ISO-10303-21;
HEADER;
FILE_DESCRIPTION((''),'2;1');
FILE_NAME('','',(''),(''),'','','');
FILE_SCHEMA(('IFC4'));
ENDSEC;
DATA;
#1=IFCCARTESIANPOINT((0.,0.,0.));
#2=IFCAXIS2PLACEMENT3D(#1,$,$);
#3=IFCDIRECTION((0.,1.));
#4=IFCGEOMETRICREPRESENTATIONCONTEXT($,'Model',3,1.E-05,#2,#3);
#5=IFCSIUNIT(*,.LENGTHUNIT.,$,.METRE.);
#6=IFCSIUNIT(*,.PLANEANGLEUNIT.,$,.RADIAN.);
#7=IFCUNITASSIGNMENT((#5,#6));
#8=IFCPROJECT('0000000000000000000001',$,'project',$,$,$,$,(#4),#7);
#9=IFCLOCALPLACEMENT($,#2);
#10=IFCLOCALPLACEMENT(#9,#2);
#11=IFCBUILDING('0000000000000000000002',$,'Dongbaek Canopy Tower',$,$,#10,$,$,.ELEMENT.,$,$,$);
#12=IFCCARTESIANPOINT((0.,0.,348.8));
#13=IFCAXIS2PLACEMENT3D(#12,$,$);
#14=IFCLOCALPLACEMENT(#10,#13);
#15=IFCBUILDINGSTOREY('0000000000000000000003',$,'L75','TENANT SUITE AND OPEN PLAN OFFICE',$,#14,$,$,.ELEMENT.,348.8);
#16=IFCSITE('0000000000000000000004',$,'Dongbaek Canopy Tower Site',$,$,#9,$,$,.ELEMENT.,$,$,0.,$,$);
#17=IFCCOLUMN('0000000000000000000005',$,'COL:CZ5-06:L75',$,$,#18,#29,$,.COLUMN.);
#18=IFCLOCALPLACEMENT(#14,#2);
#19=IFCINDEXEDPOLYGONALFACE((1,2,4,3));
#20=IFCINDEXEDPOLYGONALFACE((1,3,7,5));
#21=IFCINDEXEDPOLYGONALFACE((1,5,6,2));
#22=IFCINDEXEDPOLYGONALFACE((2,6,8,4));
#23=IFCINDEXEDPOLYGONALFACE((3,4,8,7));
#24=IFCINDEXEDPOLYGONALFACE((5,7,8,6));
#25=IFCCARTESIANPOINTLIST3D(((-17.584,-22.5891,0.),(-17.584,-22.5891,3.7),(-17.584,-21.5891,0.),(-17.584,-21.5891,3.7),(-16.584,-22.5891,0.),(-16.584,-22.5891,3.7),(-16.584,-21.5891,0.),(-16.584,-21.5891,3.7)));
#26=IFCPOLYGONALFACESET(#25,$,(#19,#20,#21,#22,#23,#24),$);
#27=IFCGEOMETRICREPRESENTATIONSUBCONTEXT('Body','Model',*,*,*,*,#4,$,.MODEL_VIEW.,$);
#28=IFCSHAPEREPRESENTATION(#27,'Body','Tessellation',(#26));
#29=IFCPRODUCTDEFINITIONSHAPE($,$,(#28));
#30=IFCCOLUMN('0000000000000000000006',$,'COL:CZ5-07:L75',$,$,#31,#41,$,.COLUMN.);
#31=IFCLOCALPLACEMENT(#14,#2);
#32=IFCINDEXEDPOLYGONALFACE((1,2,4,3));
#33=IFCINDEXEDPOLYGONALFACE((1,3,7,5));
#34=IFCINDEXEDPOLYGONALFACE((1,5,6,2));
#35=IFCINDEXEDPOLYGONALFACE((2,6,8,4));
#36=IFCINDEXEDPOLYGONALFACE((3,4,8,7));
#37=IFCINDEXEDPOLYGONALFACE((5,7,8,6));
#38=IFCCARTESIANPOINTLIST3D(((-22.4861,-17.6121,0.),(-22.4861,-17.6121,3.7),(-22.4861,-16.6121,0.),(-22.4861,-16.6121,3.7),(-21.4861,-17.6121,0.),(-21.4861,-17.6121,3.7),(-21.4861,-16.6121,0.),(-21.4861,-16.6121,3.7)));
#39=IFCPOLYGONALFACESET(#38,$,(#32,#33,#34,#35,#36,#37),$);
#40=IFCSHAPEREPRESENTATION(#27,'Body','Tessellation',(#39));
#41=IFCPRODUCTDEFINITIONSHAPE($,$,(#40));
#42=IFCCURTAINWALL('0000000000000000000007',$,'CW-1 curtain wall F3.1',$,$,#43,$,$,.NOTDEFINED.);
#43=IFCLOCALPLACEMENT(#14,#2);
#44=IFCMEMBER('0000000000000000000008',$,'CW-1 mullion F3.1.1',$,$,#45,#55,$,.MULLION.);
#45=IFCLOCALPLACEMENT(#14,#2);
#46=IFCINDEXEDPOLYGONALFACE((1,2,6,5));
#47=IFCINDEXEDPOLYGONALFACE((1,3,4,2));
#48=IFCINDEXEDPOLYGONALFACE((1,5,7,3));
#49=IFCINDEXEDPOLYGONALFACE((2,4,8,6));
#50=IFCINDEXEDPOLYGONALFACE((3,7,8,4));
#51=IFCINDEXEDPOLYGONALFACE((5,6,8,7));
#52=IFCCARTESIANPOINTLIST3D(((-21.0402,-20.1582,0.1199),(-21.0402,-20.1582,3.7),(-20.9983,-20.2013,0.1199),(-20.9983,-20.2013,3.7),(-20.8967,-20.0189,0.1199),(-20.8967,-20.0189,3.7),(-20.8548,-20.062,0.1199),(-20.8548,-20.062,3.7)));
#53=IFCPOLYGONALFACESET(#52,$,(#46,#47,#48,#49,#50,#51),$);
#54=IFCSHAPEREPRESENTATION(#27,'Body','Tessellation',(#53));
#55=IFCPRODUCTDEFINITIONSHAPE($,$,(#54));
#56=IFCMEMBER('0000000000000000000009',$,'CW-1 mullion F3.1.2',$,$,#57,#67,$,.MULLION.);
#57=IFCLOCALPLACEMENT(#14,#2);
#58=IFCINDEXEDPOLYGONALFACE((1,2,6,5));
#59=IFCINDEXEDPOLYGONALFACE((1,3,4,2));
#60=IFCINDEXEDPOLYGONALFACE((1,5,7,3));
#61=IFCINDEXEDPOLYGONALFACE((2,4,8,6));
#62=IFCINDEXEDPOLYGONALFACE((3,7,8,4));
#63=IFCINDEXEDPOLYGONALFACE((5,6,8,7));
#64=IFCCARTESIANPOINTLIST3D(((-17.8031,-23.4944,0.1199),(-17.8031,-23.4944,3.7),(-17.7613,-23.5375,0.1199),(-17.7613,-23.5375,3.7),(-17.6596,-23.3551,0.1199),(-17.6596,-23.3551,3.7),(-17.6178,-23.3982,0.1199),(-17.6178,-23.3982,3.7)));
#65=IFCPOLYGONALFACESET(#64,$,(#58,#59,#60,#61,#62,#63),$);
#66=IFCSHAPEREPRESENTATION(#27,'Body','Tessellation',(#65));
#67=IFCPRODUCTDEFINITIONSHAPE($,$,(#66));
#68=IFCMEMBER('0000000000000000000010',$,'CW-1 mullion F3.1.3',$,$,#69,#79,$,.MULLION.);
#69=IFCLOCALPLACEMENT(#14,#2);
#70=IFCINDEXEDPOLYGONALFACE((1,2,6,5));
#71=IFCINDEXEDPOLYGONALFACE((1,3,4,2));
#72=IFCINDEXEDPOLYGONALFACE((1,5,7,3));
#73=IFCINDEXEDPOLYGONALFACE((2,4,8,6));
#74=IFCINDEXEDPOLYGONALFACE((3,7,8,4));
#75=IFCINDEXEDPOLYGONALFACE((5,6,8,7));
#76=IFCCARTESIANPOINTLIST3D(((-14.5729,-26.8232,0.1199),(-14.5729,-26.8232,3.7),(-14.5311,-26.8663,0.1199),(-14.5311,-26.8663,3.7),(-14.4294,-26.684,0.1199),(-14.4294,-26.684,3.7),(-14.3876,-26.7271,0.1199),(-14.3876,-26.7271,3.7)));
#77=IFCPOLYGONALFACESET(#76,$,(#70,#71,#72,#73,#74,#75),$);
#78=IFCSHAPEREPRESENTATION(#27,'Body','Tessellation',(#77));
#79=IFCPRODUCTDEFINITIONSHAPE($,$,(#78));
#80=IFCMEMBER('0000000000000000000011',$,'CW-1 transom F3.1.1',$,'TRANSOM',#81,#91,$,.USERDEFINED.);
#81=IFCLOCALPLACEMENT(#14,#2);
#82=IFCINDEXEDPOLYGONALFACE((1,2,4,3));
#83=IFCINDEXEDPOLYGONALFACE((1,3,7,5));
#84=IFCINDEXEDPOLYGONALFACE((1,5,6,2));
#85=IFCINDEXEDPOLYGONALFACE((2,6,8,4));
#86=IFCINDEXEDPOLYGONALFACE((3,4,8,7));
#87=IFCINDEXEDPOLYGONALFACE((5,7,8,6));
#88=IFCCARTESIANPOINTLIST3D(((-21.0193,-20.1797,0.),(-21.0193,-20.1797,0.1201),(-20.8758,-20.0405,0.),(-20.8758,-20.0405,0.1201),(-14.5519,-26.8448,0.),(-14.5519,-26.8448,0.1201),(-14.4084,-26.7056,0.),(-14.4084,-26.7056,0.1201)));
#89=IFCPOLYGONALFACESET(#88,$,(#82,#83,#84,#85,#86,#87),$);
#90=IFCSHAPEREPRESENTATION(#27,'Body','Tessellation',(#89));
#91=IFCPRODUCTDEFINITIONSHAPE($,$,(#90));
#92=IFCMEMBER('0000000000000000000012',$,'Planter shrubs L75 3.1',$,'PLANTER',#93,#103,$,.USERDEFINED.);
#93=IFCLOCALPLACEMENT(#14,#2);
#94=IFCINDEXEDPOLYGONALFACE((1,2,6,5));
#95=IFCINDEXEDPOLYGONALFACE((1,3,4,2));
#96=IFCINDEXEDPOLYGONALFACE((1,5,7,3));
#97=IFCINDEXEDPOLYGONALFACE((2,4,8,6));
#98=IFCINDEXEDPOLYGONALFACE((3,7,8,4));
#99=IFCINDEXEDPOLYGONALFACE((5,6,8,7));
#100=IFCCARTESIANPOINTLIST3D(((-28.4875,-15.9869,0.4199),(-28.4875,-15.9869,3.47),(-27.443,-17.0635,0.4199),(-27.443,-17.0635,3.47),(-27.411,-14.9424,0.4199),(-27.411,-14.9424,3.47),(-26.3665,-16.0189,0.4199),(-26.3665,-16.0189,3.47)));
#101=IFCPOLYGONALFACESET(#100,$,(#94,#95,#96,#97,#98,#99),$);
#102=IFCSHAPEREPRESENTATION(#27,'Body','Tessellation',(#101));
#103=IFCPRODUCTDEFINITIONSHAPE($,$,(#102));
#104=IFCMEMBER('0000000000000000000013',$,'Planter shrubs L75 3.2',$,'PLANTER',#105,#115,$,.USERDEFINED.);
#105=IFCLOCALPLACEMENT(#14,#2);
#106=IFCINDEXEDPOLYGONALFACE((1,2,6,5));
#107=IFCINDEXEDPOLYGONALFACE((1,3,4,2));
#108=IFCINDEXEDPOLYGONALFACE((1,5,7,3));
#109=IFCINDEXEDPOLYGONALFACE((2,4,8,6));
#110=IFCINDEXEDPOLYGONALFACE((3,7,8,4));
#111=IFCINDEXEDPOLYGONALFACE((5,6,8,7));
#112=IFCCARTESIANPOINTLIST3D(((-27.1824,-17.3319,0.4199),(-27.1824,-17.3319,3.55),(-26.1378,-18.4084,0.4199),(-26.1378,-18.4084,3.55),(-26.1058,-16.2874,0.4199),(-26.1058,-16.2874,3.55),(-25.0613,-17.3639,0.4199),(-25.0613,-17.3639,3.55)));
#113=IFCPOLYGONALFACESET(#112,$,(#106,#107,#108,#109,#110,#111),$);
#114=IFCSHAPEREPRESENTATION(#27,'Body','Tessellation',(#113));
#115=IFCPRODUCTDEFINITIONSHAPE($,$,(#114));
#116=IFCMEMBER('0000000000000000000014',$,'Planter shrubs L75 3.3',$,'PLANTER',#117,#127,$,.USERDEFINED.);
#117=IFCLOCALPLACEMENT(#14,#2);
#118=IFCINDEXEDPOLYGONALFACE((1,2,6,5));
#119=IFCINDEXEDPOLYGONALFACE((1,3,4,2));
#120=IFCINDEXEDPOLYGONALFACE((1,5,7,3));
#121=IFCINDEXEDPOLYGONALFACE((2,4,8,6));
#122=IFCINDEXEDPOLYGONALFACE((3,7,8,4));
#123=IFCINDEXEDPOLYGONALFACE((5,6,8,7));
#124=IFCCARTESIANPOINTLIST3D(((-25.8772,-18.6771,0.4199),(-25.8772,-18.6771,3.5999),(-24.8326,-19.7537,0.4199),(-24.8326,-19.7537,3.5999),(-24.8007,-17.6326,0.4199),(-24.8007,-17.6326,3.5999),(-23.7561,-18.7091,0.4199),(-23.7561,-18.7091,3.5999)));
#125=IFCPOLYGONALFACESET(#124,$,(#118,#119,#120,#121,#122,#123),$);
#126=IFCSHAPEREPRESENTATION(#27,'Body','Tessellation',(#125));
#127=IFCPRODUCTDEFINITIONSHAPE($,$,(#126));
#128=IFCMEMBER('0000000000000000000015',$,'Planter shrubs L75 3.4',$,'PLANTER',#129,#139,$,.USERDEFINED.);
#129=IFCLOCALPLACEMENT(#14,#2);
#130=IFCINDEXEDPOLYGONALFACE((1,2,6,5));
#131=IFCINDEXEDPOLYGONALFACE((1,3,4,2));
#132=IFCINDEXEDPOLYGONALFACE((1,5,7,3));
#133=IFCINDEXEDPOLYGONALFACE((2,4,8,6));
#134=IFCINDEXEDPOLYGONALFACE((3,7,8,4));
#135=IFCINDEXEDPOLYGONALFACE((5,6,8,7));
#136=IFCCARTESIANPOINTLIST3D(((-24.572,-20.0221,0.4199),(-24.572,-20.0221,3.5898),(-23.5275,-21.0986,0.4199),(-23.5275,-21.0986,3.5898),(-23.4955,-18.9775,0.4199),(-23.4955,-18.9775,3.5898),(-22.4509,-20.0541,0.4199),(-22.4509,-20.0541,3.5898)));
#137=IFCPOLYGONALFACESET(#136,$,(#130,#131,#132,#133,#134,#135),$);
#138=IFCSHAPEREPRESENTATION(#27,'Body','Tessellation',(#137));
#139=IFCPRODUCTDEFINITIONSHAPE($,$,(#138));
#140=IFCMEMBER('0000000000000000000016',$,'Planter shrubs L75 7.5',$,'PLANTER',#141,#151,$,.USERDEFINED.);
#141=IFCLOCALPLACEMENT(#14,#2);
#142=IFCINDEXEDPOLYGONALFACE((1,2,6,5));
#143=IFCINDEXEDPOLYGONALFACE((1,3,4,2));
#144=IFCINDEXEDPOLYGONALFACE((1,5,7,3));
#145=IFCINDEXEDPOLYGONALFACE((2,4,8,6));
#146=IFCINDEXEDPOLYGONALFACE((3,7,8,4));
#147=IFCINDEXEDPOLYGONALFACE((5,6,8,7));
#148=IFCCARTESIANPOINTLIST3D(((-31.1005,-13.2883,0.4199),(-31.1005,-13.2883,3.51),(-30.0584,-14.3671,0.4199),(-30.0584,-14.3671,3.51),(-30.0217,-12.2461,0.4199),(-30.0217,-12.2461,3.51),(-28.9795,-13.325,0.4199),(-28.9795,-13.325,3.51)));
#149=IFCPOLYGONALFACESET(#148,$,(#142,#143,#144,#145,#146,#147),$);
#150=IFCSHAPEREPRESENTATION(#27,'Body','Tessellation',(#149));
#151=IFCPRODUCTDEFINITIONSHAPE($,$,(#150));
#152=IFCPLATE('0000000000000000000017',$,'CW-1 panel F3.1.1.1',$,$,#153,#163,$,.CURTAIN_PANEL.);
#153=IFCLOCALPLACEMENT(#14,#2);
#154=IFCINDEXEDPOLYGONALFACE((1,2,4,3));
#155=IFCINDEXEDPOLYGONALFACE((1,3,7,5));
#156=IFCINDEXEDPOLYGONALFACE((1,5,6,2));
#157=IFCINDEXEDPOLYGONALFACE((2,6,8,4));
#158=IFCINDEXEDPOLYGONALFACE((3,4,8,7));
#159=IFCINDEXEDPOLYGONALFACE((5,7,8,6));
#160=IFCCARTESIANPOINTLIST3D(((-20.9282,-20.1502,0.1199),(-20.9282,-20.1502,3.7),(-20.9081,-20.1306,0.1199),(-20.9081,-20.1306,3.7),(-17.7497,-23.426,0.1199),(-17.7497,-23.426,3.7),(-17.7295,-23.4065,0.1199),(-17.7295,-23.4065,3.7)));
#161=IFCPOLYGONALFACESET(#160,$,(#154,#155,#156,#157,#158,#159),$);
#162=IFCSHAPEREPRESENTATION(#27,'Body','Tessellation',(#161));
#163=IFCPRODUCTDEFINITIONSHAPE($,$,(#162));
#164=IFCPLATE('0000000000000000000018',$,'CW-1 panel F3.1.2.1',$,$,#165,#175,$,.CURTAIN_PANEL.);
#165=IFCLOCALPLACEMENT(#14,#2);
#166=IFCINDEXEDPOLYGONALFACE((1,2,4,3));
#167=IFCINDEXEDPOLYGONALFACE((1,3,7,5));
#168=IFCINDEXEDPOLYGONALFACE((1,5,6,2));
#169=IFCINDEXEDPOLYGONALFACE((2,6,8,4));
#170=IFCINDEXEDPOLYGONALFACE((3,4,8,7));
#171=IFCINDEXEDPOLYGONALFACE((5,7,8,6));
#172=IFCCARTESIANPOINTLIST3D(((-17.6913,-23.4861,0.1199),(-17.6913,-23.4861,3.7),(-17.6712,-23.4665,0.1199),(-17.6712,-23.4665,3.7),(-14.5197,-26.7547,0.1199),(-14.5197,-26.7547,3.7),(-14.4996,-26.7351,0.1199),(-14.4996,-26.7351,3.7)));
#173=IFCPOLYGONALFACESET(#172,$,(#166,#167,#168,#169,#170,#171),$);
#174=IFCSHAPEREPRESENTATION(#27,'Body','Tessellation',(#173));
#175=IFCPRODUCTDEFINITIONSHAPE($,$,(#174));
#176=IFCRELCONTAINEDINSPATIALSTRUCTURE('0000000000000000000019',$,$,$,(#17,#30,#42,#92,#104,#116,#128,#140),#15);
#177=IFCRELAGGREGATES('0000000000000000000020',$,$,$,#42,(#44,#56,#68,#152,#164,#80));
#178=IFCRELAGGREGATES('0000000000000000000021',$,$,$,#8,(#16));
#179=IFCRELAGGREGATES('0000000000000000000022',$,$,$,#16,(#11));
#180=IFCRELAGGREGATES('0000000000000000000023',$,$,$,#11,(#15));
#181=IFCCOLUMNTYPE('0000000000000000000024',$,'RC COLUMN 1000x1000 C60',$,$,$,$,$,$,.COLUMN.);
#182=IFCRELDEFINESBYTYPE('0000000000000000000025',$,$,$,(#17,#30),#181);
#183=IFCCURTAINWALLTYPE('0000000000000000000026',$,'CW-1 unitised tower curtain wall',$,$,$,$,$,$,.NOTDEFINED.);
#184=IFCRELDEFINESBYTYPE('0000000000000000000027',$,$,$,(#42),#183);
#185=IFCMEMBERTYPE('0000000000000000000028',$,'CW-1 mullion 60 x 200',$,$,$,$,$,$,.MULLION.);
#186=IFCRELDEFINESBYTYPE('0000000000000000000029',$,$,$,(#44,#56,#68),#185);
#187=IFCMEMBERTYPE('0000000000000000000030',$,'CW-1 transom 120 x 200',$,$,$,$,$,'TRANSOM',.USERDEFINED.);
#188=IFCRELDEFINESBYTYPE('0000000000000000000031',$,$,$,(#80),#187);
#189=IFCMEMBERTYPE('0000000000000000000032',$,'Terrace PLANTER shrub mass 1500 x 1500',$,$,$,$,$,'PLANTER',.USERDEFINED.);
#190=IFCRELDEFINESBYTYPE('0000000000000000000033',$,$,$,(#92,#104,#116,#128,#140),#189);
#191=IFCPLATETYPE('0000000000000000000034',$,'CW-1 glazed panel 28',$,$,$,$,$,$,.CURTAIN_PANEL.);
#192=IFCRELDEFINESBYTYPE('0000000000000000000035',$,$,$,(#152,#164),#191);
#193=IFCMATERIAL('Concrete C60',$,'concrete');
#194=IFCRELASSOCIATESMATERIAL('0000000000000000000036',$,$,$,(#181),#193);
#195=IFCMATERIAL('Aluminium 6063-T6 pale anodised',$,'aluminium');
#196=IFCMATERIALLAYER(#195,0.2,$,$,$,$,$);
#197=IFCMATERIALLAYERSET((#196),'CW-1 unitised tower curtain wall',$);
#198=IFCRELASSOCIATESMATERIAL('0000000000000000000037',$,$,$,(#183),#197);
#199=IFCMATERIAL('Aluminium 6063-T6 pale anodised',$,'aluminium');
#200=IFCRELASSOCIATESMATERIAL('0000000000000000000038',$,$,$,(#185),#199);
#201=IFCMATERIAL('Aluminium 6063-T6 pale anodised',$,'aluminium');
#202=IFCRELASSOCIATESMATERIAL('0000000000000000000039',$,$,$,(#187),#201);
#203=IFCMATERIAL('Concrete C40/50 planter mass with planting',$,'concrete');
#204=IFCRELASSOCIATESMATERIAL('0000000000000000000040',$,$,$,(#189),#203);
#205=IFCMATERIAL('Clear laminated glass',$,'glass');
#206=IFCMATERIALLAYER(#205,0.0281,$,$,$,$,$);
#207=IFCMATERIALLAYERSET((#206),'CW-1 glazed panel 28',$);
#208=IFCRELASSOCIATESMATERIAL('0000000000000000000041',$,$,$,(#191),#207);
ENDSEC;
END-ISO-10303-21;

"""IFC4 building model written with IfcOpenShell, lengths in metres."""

from ifc_helpers import new_model, si_unit, direction, frame, origin, origin_2d, place, context, subcontext, project, spatial, rectangle, extrude, material, layer, layer_set, material_profile, profile_set, type_object, element, aggregate, save


model = new_model("IFC4")

# Units and contexts
model_context = context("Model", 3, precision=1e-05, world=origin(), true_north=direction((0.0, 1.0)))
body_context = subcontext(model_context, "Body", "Model", "MODEL_VIEW")
ifc_project = project(units=[si_unit("LENGTHUNIT", "METRE"), si_unit("PLANEANGLEUNIT", "RADIAN")], contexts=[model_context])

# Site, building, storey
site_placement = place(None, origin())
site = spatial("IfcSite", under=ifc_project, at=site_placement, Name="Dongbaek Canopy Tower Site", CompositionType="ELEMENT", RefElevation=0.0)
building_placement = place(site_placement, origin())
building = spatial("IfcBuilding", under=site, at=building_placement, Name="Dongbaek Canopy Tower", CompositionType="ELEMENT")
storey_placement = place(building_placement, frame((0.0, 0.0, 348.8)))
storey = spatial("IfcBuildingStorey", under=building, at=storey_placement, Name="L75", Description="TENANT SUITE AND OPEN PLAN OFFICE", CompositionType="ELEMENT", Elevation=348.8)

# Columns
ifc_material_1 = material(Name="Concrete C60", Category="concrete")
ifc_material_profile_1 = material_profile(ifc_material_1, rectangle(XDim=1.0, YDim=1.0, at=origin_2d()), Name="RC COLUMN 1000x1000 C60")
ifc_profile_set_1 = profile_set([ifc_material_profile_1], Name="Concrete C60")
column_type = type_object("IfcColumnType", Name="RC COLUMN 1000x1000 C60", PredefinedType="COLUMN", material=ifc_profile_set_1)
for number, where, z_axis, x_axis, name in (
    (1, (-17.084, -22.0891, 0.0), (0.0, 0.0, 1.0), (1.0, 0.0, 0.0), "COL:CZ5-06:L75"),
    (2, (-21.9861, -17.1121, 0.0), (0.0, 0.0, 1.0), (1.0, 0.0, 0.0), "COL:CZ5-07:L75"),
):
    element("IfcColumn", number, at=place(storey_placement, frame(where, z_axis=z_axis, x_axis=x_axis)), inside=storey, type_object=column_type, Name=name, PredefinedType="COLUMN", context=body_context, shape_type="SweptSolid", body=[
        extrude(rectangle(XDim=1.0, YDim=1.0, at=origin_2d()), origin(), (0.0, 0.0, 1.0), 3.7),
    ])

# Curtain wall, members
ifc_material_2 = material(Name="Aluminium 6063-T6 pale anodised", Category="aluminium")
ifc_layer_1 = layer(ifc_material_2, 0.2)
ifc_layer_set_1 = layer_set([ifc_layer_1], Name="CW-1 unitised tower curtain wall")
curtain_wall_type = type_object("IfcCurtainWallType", Name="CW-1 unitised tower curtain wall", PredefinedType="NOTDEFINED", material=ifc_layer_set_1)
curtain_wall_placement = place(storey_placement, origin())
curtain_wall = element("IfcCurtainWall", 3, at=curtain_wall_placement, inside=storey, type_object=curtain_wall_type, Name="CW-1 curtain wall F3.1", PredefinedType="NOTDEFINED")
ifc_material_3 = material(Name="Aluminium 6063-T6 pale anodised", Category="aluminium")
ifc_material_profile_2 = material_profile(ifc_material_3, rectangle(XDim=0.2, YDim=0.0601, at=origin_2d()), Name="CW-1 mullion 60 x 200")
ifc_profile_set_2 = profile_set([ifc_material_profile_2], Name="Aluminium 6063-T6 pale anodised")
member_type_1 = type_object("IfcMemberType", Name="CW-1 mullion 60 x 200", PredefinedType="MULLION", material=ifc_profile_set_2)
member_1_placement = place(storey_placement, frame((-20.9475, -20.1101, 0.1199), z_axis=(0.0, 0.0, 1.0), x_axis=(-0.71768, -0.696373, 0.0)))
member_1 = element("IfcMember", 4, at=member_1_placement, type_object=member_type_1, Name="CW-1 mullion F3.1.1", PredefinedType="MULLION", context=body_context, shape_type="SweptSolid", body=[
    extrude(rectangle(XDim=0.2, YDim=0.0601, at=origin_2d()), origin(), (0.0, 0.0, 1.0), 3.5801),
])
member_2_placement = place(storey_placement, frame((-17.7104, -23.4463, 0.1199), z_axis=(0.0, 0.0, 1.0), x_axis=(-0.71768, -0.696373, 0.0)))
member_2 = element("IfcMember", 5, at=member_2_placement, type_object=member_type_1, Name="CW-1 mullion F3.1.2", PredefinedType="MULLION", context=body_context, shape_type="SweptSolid", body=[
    extrude(rectangle(XDim=0.2, YDim=0.0601, at=origin_2d()), origin(), (0.0, 0.0, 1.0), 3.5801),
])
member_3_placement = place(storey_placement, frame((-14.4802, -26.7751, 0.1199), z_axis=(0.0, 0.0, 1.0), x_axis=(-0.71768, -0.696373, 0.0)))
member_3 = element("IfcMember", 6, at=member_3_placement, type_object=member_type_1, Name="CW-1 mullion F3.1.3", PredefinedType="MULLION", context=body_context, shape_type="SweptSolid", body=[
    extrude(rectangle(XDim=0.2, YDim=0.0601, at=origin_2d()), origin(), (0.0, 0.0, 1.0), 3.5801),
])
ifc_material_4 = material(Name="Aluminium 6063-T6 pale anodised", Category="aluminium")
ifc_material_profile_3 = material_profile(ifc_material_4, rectangle(XDim=0.2, YDim=0.1201, at=origin_2d()), Name="CW-1 transom 120 x 200")
ifc_profile_set_3 = profile_set([ifc_material_profile_3], Name="Aluminium 6063-T6 pale anodised")
member_type_2 = type_object("IfcMemberType", Name="CW-1 transom 120 x 200", ElementType="TRANSOM", PredefinedType="USERDEFINED", material=ifc_profile_set_3)
member_4_placement = place(storey_placement, frame((-20.9475, -20.1101, 0.0601), z_axis=(0.69638, -0.717673, 0.0), x_axis=(0.717673, 0.69638, 0.0)))
member_4 = element("IfcMember", 7, at=member_4_placement, type_object=member_type_2, Name="CW-1 transom F3.1.1", ObjectType="TRANSOM", PredefinedType="USERDEFINED", context=body_context, shape_type="SweptSolid", body=[
    extrude(rectangle(XDim=0.2, YDim=0.1201, at=origin_2d()), origin(), (0.0, 0.0, 1.0), 9.2871),
])

# Members
ifc_material_5 = material(Name="Concrete C40/50 planter mass with planting", Category="concrete")
ifc_material_profile_4 = material_profile(ifc_material_5, rectangle(XDim=1.5, YDim=1.5, at=origin_2d()), Name="Terrace PLANTER shrub mass 1500 x 1500")
ifc_profile_set_4 = profile_set([ifc_material_profile_4], Name="Concrete C40/50 planter mass with planting")
member_type_3 = type_object("IfcMemberType", Name="Terrace PLANTER shrub mass 1500 x 1500", ElementType="PLANTER", PredefinedType="USERDEFINED", material=ifc_profile_set_4)
member_5_placement = place(storey_placement, frame((-27.427, -16.0029, 0.4199), z_axis=(0.0, 0.0, 1.0), x_axis=(-0.71768, -0.696373, 0.0)))
element("IfcMember", 8, at=member_5_placement, inside=storey, type_object=member_type_3, Name="Planter shrubs L75 3.1", ObjectType="PLANTER", PredefinedType="USERDEFINED", context=body_context, shape_type="SweptSolid", body=[
    extrude(rectangle(XDim=1.5, YDim=1.5, at=origin_2d()), origin(), (0.0, 0.0, 1.0), 3.05),
])
member_6_placement = place(storey_placement, frame((-26.1218, -17.3479, 0.4199), z_axis=(0.0, 0.0, 1.0), x_axis=(-0.71768, -0.696373, 0.0)))
element("IfcMember", 9, at=member_6_placement, inside=storey, type_object=member_type_3, Name="Planter shrubs L75 3.2", ObjectType="PLANTER", PredefinedType="USERDEFINED", context=body_context, shape_type="SweptSolid", body=[
    extrude(rectangle(XDim=1.5, YDim=1.5, at=origin_2d()), origin(), (0.0, 0.0, 1.0), 3.1301),
])
member_7_placement = place(storey_placement, frame((-24.8167, -18.6931, 0.4199), z_axis=(0.0, 0.0, 1.0), x_axis=(-0.71768, -0.696373, 0.0)))
element("IfcMember", 10, at=member_7_placement, inside=storey, type_object=member_type_3, Name="Planter shrubs L75 3.3", ObjectType="PLANTER", PredefinedType="USERDEFINED", context=body_context, shape_type="SweptSolid", body=[
    extrude(rectangle(XDim=1.5, YDim=1.5, at=origin_2d()), origin(), (0.0, 0.0, 1.0), 3.1799),
])
member_8_placement = place(storey_placement, frame((-23.5115, -20.0381, 0.4199), z_axis=(0.0, 0.0, 1.0), x_axis=(-0.71768, -0.696373, 0.0)))
element("IfcMember", 11, at=member_8_placement, inside=storey, type_object=member_type_3, Name="Planter shrubs L75 3.4", ObjectType="PLANTER", PredefinedType="USERDEFINED", context=body_context, shape_type="SweptSolid", body=[
    extrude(rectangle(XDim=1.5, YDim=1.5, at=origin_2d()), origin(), (0.0, 0.0, 1.0), 3.1699),
])
member_9_placement = place(storey_placement, frame((-30.04, -13.3066, 0.4199), z_axis=(0.0, 0.0, 1.0), x_axis=(-0.719255, -0.694746, 0.0)))
element("IfcMember", 12, at=member_9_placement, inside=storey, type_object=member_type_3, Name="Planter shrubs L75 7.5", ObjectType="PLANTER", PredefinedType="USERDEFINED", context=body_context, shape_type="SweptSolid", body=[
    extrude(rectangle(XDim=1.5, YDim=1.5, at=origin_2d()), origin(), (0.0, 0.0, 1.0), 3.0901),
])

# Plates
ifc_material_6 = material(Name="Clear laminated glass", Category="glass")
ifc_layer_2 = layer(ifc_material_6, 0.0281)
ifc_layer_set_2 = layer_set([ifc_layer_2], Name="CW-1 glazed panel 28")
plate_type = type_object("IfcPlateType", Name="CW-1 glazed panel 28", PredefinedType="CURTAIN_PANEL", material=ifc_layer_set_2)
plate_1_placement = place(storey_placement, frame((-19.3289, -21.7783, 0.1199), z_axis=(0.0, 0.0, 1.0), x_axis=(0.696373, -0.71768, 0.0)))
plate_1 = element("IfcPlate", 13, at=plate_1_placement, type_object=plate_type, Name="CW-1 panel F3.1.1.1", PredefinedType="CURTAIN_PANEL", context=body_context, shape_type="SweptSolid", body=[
    extrude(rectangle(XDim=4.5645, YDim=0.0281, at=origin_2d()), origin(), (0.0, 0.0, 1.0), 3.5801),
])
plate_2_placement = place(storey_placement, frame((-16.0955, -25.1106, 0.1199), z_axis=(0.0, 0.0, 1.0), x_axis=(0.696373, -0.71768, 0.0)))
plate_2 = element("IfcPlate", 14, at=plate_2_placement, type_object=plate_type, Name="CW-1 panel F3.1.2.1", PredefinedType="CURTAIN_PANEL", context=body_context, shape_type="SweptSolid", body=[
    extrude(rectangle(XDim=4.5544, YDim=0.0281, at=origin_2d()), origin(), (0.0, 0.0, 1.0), 3.5801),
])

aggregate(curtain_wall, [member_1, member_2, member_3, plate_1, plate_2, member_4])

save(model, "model.ifc")
